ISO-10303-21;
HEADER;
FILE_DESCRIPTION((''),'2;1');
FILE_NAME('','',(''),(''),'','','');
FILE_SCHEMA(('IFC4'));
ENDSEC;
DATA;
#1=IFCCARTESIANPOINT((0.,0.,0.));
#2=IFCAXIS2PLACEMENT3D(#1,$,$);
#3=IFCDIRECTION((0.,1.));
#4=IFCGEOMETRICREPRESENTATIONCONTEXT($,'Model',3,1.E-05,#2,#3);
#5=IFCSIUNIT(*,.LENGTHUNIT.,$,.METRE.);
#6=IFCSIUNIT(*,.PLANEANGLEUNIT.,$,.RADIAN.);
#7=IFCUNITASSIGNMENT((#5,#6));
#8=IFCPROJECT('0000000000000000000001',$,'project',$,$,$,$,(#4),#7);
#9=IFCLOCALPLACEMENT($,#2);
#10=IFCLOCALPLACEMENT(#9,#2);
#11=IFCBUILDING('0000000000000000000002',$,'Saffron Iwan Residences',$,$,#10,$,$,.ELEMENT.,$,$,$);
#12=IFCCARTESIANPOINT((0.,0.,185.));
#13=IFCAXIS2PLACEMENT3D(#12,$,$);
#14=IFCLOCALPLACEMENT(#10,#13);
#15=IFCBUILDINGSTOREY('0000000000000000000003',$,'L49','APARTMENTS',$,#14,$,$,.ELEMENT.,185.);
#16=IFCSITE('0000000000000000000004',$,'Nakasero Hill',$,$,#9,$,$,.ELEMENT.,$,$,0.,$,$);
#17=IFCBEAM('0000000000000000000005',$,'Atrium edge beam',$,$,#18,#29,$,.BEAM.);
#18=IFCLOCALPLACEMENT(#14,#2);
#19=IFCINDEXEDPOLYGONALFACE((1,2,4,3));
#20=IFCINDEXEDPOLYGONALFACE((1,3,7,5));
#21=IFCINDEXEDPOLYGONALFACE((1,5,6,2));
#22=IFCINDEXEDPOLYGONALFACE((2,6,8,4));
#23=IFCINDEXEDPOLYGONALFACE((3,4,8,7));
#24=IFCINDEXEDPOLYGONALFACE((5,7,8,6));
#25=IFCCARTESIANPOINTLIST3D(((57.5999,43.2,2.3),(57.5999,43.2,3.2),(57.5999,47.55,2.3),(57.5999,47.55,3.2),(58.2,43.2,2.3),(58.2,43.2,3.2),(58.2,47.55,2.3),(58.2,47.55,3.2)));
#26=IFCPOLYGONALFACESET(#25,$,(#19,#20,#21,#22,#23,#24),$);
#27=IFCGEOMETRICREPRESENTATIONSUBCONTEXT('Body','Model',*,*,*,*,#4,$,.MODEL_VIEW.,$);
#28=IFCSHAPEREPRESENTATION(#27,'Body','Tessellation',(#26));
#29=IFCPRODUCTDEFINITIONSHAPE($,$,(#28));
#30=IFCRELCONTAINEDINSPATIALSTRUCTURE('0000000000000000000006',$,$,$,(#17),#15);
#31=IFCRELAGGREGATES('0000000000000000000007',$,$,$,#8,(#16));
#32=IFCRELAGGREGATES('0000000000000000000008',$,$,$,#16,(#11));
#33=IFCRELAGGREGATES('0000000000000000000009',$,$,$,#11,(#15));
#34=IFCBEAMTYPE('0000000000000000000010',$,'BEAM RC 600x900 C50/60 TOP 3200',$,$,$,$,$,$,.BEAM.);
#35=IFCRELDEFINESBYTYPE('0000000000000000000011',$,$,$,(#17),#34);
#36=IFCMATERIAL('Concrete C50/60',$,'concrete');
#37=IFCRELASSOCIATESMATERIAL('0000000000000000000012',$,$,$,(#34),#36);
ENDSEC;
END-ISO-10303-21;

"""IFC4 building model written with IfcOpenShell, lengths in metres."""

from ifc_helpers import new_model, si_unit, direction, frame, origin, origin_2d, place, context, subcontext, project, spatial, rectangle, extrude, source, transform, mapped, material, material_profile, profile_set, type_object, element, save


model = new_model("IFC4")

# Units and contexts
model_context = context("Model", 3, precision=1e-05, world=origin(), true_north=direction((0.0, 1.0)))
body_context = subcontext(model_context, "Body", "Model", "MODEL_VIEW")
ifc_project = project(units=[si_unit("LENGTHUNIT", "METRE"), si_unit("PLANEANGLEUNIT", "RADIAN")], contexts=[model_context])

# Site, building, storey
site_placement = place(None, origin())
site = spatial("IfcSite", under=ifc_project, at=site_placement, Name="Nakasero Hill", CompositionType="ELEMENT", RefElevation=0.0)
building_placement = place(site_placement, origin())
building = spatial("IfcBuilding", under=site, at=building_placement, Name="Saffron Iwan Residences", CompositionType="ELEMENT")
storey_placement = place(building_placement, frame((0.0, 0.0, 185.0)))
storey = spatial("IfcBuildingStorey", under=building, at=storey_placement, Name="L49", Description="APARTMENTS", CompositionType="ELEMENT", Elevation=185.0)

# Beam
ifc_material_1 = material(Name="Concrete C50/60", Category="concrete")
ifc_material_profile = material_profile(ifc_material_1, rectangle(XDim=0.6001, YDim=0.8999, at=origin_2d()), Name="RC 600x900")
ifc_profile_set = profile_set([ifc_material_profile], Name="Concrete C50/60")
beam_type = type_object("IfcBeamType", Name="BEAM RC 600x900 C50/60 TOP 3200", PredefinedType="BEAM", material=ifc_profile_set)
shared_shape = source(origin(), body_context, "Body", "SweptSolid", [
    extrude(rectangle(XDim=0.6001, YDim=0.8999, at=origin_2d()), origin(), (0.0, 0.0, 1.0), 4.3501),
])
beam_placement = place(storey_placement, frame((57.8999, 47.55, 2.75), z_axis=(0.0, -1.0, 0.0), x_axis=(1.0, 0.0, 0.0)))
element("IfcBeam", 1, at=beam_placement, inside=storey, type_object=beam_type, Name="Atrium edge beam", PredefinedType="BEAM", context=body_context, shape_type="MappedRepresentation", body=[
    mapped(shared_shape, transform((0.0, 0.0, 0.0))),
])

save(model, "model.ifc")
